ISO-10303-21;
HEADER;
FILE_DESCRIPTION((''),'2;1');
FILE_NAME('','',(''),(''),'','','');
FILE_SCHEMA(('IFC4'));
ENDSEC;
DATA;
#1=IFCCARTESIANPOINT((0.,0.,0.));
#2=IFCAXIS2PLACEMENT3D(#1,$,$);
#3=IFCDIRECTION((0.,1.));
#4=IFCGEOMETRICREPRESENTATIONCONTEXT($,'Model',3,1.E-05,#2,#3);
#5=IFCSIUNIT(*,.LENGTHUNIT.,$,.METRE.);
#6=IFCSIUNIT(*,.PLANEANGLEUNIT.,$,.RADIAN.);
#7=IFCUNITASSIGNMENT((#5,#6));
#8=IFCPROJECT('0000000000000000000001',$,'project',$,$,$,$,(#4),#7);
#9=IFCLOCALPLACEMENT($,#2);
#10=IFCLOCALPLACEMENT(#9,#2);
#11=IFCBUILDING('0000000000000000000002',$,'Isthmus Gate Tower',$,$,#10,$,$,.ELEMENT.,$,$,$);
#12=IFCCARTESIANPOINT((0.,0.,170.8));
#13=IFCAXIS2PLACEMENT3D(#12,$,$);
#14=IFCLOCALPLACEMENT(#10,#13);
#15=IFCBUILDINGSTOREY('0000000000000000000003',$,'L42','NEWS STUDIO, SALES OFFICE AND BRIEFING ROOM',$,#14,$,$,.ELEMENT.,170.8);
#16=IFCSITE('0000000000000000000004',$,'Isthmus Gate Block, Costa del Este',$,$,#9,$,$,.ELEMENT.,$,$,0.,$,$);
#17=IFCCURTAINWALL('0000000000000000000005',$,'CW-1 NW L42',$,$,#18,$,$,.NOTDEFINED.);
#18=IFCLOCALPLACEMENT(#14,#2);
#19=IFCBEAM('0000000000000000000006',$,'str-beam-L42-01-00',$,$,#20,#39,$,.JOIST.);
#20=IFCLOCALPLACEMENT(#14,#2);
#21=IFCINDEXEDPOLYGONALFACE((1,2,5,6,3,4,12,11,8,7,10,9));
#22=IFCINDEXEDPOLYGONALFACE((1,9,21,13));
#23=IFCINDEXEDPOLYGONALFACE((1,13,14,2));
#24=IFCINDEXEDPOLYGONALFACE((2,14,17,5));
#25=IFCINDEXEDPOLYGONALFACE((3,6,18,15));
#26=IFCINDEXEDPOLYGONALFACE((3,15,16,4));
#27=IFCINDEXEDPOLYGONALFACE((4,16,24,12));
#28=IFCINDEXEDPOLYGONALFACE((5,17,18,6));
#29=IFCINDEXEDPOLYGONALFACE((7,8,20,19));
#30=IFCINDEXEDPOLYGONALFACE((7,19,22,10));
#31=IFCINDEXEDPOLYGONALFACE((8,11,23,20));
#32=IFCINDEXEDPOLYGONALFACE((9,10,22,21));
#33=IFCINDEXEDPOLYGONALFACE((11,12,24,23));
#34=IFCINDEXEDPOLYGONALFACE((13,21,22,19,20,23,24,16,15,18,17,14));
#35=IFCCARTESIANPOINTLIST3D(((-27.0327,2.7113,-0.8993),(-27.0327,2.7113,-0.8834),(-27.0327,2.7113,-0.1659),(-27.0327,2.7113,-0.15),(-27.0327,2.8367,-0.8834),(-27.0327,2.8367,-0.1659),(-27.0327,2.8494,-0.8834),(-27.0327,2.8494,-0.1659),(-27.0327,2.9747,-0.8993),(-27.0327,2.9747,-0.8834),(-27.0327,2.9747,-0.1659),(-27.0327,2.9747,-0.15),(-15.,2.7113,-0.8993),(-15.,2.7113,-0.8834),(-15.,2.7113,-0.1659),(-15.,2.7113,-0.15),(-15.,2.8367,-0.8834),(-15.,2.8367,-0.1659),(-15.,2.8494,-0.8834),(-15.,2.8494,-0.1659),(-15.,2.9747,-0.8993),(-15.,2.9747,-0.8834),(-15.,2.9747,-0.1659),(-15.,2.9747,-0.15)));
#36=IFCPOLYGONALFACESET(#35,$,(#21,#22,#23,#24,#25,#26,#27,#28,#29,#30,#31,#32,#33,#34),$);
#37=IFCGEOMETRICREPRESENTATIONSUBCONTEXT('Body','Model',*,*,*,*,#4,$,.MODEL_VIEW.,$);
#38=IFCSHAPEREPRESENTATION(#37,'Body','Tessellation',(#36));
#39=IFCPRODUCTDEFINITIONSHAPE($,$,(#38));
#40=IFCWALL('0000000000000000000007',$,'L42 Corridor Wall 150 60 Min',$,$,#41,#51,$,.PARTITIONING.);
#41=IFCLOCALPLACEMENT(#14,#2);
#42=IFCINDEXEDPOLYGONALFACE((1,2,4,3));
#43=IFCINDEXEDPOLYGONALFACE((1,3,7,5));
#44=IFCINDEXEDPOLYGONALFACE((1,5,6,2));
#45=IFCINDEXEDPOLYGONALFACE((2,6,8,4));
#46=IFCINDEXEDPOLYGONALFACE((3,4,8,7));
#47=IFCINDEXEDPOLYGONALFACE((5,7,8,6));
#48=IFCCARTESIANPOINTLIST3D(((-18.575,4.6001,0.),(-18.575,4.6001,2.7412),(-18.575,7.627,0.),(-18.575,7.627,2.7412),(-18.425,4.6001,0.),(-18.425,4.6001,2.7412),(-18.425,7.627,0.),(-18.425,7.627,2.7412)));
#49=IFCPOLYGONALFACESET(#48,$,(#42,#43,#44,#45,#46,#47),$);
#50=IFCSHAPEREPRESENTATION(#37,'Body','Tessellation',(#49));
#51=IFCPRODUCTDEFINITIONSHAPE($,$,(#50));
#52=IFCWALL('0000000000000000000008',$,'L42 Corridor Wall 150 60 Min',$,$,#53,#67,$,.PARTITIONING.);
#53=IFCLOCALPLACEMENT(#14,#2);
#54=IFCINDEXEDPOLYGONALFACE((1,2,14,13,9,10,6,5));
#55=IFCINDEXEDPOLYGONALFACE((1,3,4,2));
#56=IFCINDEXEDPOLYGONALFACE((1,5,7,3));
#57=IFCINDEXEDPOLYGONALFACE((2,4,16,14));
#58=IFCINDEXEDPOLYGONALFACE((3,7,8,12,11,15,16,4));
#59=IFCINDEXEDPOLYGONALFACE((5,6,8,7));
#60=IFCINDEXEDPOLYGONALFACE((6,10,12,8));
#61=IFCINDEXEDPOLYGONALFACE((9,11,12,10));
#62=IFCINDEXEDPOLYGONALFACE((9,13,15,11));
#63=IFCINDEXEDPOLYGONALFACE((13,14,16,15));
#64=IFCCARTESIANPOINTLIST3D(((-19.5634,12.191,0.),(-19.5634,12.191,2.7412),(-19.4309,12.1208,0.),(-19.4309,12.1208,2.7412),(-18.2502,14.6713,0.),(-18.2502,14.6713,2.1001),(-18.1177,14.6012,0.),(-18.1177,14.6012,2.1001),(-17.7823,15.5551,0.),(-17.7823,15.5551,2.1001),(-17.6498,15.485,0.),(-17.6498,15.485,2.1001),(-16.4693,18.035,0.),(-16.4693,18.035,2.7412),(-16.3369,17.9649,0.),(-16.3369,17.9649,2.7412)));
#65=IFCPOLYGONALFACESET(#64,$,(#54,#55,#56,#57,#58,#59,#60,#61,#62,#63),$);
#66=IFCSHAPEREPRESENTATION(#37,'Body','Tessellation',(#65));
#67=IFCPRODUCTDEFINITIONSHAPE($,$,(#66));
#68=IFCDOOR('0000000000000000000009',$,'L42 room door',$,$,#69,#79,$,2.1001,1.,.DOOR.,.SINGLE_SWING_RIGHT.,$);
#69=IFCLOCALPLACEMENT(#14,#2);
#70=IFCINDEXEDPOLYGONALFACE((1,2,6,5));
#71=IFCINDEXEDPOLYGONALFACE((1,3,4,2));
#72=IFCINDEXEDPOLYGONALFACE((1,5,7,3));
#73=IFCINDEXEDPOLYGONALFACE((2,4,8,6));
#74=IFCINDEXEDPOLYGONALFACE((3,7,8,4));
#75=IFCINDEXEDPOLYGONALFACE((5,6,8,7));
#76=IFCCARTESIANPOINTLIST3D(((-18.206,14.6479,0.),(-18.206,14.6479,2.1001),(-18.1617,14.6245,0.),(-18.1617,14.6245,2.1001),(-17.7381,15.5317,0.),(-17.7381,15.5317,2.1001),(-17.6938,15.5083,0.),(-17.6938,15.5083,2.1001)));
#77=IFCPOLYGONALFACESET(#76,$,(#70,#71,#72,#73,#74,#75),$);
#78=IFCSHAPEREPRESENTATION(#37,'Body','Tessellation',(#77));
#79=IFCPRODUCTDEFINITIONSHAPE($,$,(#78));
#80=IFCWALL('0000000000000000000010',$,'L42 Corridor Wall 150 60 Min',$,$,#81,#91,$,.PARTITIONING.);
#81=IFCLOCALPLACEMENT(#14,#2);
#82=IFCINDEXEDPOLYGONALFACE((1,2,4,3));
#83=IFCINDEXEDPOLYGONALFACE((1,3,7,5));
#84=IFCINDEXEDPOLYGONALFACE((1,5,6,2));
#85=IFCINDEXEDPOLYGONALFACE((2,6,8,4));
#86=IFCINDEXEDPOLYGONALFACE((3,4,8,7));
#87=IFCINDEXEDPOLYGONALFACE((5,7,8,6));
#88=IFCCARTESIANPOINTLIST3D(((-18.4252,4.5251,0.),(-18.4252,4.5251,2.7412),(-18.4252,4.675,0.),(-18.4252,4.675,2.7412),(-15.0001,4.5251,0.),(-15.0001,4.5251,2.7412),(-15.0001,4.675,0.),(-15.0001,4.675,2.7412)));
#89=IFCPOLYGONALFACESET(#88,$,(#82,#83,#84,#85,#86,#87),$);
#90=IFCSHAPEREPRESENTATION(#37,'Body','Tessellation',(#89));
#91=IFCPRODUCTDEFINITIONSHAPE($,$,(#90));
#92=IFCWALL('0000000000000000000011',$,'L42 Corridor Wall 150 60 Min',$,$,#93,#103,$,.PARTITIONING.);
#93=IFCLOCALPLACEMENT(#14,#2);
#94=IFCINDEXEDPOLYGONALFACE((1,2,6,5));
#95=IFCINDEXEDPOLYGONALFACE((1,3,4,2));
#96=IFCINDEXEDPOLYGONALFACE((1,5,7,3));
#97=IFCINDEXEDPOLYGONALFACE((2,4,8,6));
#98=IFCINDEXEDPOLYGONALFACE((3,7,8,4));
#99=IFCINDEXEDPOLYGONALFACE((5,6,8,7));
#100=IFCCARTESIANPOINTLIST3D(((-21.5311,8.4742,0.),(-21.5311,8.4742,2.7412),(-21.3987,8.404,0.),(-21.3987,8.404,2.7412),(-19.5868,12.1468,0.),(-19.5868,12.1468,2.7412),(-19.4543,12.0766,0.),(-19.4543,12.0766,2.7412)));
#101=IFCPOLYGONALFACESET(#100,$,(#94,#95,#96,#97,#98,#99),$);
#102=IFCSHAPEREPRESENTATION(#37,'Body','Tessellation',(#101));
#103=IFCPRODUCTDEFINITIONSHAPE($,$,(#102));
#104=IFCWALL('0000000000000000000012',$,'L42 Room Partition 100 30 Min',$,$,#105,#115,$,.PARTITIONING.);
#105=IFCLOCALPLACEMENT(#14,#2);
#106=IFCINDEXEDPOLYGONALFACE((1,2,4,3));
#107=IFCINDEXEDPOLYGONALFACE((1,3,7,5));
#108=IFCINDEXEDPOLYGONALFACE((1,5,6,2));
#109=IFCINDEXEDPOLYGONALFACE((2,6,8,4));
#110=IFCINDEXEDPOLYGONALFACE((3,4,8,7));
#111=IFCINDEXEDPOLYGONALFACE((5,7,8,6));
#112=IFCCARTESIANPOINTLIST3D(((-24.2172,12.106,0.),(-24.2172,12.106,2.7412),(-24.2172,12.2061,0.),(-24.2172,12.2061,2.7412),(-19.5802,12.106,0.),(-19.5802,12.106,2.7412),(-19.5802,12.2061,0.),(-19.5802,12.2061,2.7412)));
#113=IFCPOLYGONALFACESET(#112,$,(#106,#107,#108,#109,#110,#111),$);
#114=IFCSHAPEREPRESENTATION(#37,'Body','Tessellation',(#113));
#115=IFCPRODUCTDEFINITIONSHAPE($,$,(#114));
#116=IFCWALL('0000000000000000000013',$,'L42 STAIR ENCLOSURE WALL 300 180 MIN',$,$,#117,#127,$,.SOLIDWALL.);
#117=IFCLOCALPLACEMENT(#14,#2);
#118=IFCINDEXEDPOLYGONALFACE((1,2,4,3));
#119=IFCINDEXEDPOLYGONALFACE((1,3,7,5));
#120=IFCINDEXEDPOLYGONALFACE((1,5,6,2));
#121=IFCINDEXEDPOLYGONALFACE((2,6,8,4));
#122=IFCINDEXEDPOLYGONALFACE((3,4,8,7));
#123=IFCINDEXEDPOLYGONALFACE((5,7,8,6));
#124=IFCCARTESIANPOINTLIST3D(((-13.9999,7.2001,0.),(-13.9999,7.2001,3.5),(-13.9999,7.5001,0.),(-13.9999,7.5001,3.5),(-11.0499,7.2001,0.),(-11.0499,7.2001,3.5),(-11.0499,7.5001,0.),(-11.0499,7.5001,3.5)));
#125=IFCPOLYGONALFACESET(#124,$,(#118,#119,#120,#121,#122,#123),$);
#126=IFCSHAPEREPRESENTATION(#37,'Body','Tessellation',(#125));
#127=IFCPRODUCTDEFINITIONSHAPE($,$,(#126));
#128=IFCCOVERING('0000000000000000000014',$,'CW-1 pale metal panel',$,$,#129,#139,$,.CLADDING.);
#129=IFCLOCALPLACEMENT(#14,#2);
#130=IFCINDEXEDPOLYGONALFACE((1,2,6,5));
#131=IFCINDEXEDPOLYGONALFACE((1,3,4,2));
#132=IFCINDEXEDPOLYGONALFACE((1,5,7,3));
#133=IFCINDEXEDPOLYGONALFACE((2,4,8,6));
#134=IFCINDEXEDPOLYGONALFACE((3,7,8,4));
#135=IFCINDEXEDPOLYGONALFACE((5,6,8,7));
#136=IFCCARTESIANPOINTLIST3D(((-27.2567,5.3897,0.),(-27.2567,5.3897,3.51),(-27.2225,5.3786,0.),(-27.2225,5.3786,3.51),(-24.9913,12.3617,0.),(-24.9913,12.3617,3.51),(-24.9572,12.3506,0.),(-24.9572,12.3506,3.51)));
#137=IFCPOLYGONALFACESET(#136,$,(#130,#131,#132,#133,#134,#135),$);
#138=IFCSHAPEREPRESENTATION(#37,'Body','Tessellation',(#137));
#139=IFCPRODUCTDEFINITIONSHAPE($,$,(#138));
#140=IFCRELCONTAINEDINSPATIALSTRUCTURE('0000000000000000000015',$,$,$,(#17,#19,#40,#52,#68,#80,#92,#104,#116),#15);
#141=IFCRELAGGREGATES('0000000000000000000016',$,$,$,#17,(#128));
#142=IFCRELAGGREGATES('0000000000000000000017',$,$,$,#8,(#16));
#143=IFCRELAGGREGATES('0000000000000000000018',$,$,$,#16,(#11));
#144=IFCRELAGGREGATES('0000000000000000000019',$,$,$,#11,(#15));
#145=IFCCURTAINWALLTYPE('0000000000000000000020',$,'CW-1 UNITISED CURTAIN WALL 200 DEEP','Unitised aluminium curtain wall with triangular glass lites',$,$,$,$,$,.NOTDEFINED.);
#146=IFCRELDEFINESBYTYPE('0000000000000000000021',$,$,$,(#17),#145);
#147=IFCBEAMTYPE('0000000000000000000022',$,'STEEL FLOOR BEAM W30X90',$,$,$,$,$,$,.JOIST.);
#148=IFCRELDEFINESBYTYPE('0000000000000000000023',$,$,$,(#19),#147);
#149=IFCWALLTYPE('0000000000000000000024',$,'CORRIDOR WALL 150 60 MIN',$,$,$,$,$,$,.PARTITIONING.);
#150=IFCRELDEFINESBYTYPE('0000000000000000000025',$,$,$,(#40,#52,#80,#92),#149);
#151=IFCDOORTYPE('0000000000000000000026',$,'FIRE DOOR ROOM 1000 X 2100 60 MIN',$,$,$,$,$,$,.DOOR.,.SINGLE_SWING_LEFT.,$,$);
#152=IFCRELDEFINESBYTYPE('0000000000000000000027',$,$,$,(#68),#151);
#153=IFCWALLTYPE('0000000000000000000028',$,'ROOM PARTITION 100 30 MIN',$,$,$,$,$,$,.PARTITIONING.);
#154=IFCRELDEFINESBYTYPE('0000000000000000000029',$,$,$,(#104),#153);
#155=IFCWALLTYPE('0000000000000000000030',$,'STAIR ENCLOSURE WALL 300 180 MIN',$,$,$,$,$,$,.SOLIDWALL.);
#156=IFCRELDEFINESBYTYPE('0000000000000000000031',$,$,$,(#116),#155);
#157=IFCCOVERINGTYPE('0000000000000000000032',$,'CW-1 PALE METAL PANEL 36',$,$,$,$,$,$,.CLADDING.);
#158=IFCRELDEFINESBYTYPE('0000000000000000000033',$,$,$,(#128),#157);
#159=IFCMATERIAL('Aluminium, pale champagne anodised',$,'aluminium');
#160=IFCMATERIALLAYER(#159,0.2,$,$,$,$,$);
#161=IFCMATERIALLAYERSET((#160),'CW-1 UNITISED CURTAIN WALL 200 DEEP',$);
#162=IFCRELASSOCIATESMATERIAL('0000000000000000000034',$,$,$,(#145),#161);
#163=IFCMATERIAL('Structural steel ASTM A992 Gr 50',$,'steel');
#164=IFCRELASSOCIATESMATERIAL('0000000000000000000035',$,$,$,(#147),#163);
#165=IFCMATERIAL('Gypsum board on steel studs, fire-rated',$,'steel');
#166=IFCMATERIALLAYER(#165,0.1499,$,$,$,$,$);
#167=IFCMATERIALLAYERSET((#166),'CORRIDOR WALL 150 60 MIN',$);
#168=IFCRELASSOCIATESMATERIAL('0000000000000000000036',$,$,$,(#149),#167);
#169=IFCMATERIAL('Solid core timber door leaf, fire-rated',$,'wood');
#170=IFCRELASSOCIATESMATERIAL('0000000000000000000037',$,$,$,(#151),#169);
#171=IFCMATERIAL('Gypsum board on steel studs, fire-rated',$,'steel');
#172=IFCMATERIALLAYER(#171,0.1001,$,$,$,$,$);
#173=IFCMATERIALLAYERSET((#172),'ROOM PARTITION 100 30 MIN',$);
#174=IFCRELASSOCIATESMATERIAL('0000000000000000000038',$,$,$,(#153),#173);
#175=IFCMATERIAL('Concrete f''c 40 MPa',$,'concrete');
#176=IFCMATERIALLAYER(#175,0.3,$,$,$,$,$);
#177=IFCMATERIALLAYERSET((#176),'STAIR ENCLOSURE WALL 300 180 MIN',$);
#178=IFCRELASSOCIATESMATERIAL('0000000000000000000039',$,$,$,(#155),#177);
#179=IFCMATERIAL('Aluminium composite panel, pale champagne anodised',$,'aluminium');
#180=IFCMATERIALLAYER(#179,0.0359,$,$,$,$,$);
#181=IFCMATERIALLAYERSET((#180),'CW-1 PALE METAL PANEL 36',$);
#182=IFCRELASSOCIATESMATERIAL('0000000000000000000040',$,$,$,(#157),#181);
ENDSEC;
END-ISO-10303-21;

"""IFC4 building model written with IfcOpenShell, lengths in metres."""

from ifc_helpers import new_model, si_unit, direction, frame, frame_2d, origin, origin_2d, place, context, subcontext, project, spatial, rectangle, i_section, extrude, material, layer, layer_set, material_profile, profile_set, type_object, element, fill, aggregate, save


model = new_model("IFC4")

# Units and contexts
model_context = context("Model", 3, precision=1e-05, world=origin(), true_north=direction((0.0, 1.0)))
body_context = subcontext(model_context, "Body", "Model", "MODEL_VIEW")
ifc_project = project(units=[si_unit("LENGTHUNIT", "METRE"), si_unit("PLANEANGLEUNIT", "RADIAN")], contexts=[model_context])

# Site, building, storey
site_placement = place(None, origin())
site = spatial("IfcSite", under=ifc_project, at=site_placement, Name="Isthmus Gate Block, Costa del Este", CompositionType="ELEMENT", RefElevation=0.0)
building_placement = place(site_placement, origin())
building = spatial("IfcBuilding", under=site, at=building_placement, Name="Isthmus Gate Tower", CompositionType="ELEMENT")
storey_placement = place(building_placement, frame((0.0, 0.0, 170.8)))
storey = spatial("IfcBuildingStorey", under=building, at=storey_placement, Name="L42", Description="NEWS STUDIO, SALES OFFICE AND BRIEFING ROOM", CompositionType="ELEMENT", Elevation=170.8)

# Curtain wall
ifc_material_1 = material(Name="Aluminium, pale champagne anodised", Category="aluminium")
ifc_layer_1 = layer(ifc_material_1, 0.2)
ifc_layer_set_1 = layer_set([ifc_layer_1], Name="CW-1 UNITISED CURTAIN WALL 200 DEEP")
curtain_wall_type = type_object("IfcCurtainWallType", Name="CW-1 UNITISED CURTAIN WALL 200 DEEP", Description="Unitised aluminium curtain wall with triangular glass lites", PredefinedType="NOTDEFINED", material=ifc_layer_set_1)
curtain_wall_placement = place(storey_placement, origin())
curtain_wall = element("IfcCurtainWall", 1, at=curtain_wall_placement, inside=storey, type_object=curtain_wall_type, Name="CW-1 NW L42", PredefinedType="NOTDEFINED")

# Beam
ifc_material_2 = material(Name="Structural steel ASTM A992 Gr 50", Category="steel")
ifc_material_profile_1 = material_profile(ifc_material_2, i_section(OverallWidth=0.2634, OverallDepth=0.7493, WebThickness=0.0127, FlangeThickness=0.0159, at=origin_2d()), Name="W30X90")
ifc_profile_set_1 = profile_set([ifc_material_profile_1], Name="Structural steel ASTM A992 Gr 50")
beam_type_1 = type_object("IfcBeamType", Name="STEEL FLOOR BEAM W30X90", PredefinedType="JOIST", material=ifc_profile_set_1)
beam_1_placement = place(storey_placement, frame((-27.0327, 2.843, -0.5247), z_axis=(1.0, 0.0, 0.0), x_axis=(0.0, 1.0, 0.0)))
element("IfcBeam", 2, at=beam_1_placement, inside=storey, type_object=beam_type_1, Name="str-beam-L42-01-00", PredefinedType="JOIST", context=body_context, shape_type="SweptSolid", body=[
    extrude(i_section(OverallWidth=0.2634, OverallDepth=0.7493, WebThickness=0.0127, FlangeThickness=0.0159, at=origin_2d()), origin(), (0.0, 0.0, 1.0), 12.0327),
])

# Wall
ifc_material_3 = material(Name="Gypsum board on steel studs, fire-rated", Category="steel")
ifc_layer_2 = layer(ifc_material_3, 0.1499)
ifc_layer_set_2 = layer_set([ifc_layer_2], Name="CORRIDOR WALL 150 60 MIN")
wall_type_1 = type_object("IfcWallType", Name="CORRIDOR WALL 150 60 MIN", PredefinedType="PARTITIONING", material=ifc_layer_set_2)
wall_1_placement = place(storey_placement, frame((-18.5, 7.627, 0.0), z_axis=(0.0, 0.0, 1.0), x_axis=(0.0, -1.0, 0.0)))
element("IfcWall", 3, at=wall_1_placement, inside=storey, type_object=wall_type_1, Name="L42 Corridor Wall 150 60 Min", PredefinedType="PARTITIONING", context=body_context, shape_type="SweptSolid", body=[
    extrude(rectangle(XDim=3.0269, YDim=0.1499, at=frame_2d((1.5134, 0.0))), origin(), (0.0, 0.0, 1.0), 2.7412),
])

# Wall, opening, door
wall_2_placement = place(storey_placement, frame((-19.4971, 12.156, 0.0), z_axis=(0.0, 0.0, 1.0), x_axis=(0.467901, 0.883781, 0.0)))
wall_2 = element("IfcWall", 4, at=wall_2_placement, inside=storey, type_object=wall_type_1, Name="L42 Corridor Wall 150 60 Min", PredefinedType="PARTITIONING", context=body_context, shape_type="SweptSolid", body=[
    extrude(rectangle(XDim=6.6125, YDim=0.1499, at=frame_2d((3.3062, 0.0))), origin(), (0.0, 0.0, 1.0), 2.7412),
])
opening_placement = place(wall_2_placement, frame((2.8064, 0.0, 0.0)))
opening = element("IfcOpeningElement", 5, at=opening_placement, cuts=wall_2, PredefinedType="OPENING", context=body_context, shape_type="SweptSolid", body=[
    extrude(rectangle(XDim=1.0, YDim=2.1001, at=frame_2d((0.5, 1.05))), frame((0.0, 0.085, 0.0), z_axis=(0.0, -1.0, 0.0), x_axis=(1.0, 0.0, 0.0)), (0.0, 0.0, 1.0), 0.1699),
])
ifc_material_4 = material(Name="Solid core timber door leaf, fire-rated", Category="wood")
door_type = type_object("IfcDoorType", Name="FIRE DOOR ROOM 1000 X 2100 60 MIN", OperationType="SINGLE_SWING_LEFT", PredefinedType="DOOR", material=ifc_material_4)
door_placement = place(opening_placement, origin())
door = element("IfcDoor", 6, at=door_placement, inside=storey, type_object=door_type, Name="L42 room door", OperationType="SINGLE_SWING_RIGHT", OverallHeight=2.1001, OverallWidth=1.0, PredefinedType="DOOR", context=body_context, shape_type="SweptSolid", body=[
    extrude(rectangle(XDim=1.0, YDim=2.1001, at=frame_2d((0.5, 1.05))), frame((0.0, 0.0249, 0.0), z_axis=(0.0, -1.0, 0.0), x_axis=(1.0, 0.0, 0.0)), (0.0, 0.0, 1.0), 0.05),
])
fill(opening, door)

# Walls
wall_3_placement = place(storey_placement, frame((-18.425, 4.6001, 0.0), z_axis=(0.0, 0.0, 1.0), x_axis=(1.0, 0.0, 0.0)))
element("IfcWall", 7, at=wall_3_placement, inside=storey, type_object=wall_type_1, Name="L42 Corridor Wall 150 60 Min", PredefinedType="PARTITIONING", context=body_context, shape_type="SweptSolid", body=[
    extrude(rectangle(XDim=3.425, YDim=0.1499, at=frame_2d((1.7124, 0.0))), origin(), (0.0, 0.0, 1.0), 2.7412),
])
wall_4_placement = place(storey_placement, frame((-21.4648, 8.4392, 0.0), z_axis=(0.0, 0.0, 1.0), x_axis=(0.46789, 0.883786, 0.0)))
element("IfcWall", 8, at=wall_4_placement, inside=storey, type_object=wall_type_1, Name="L42 Corridor Wall 150 60 Min", PredefinedType="PARTITIONING", context=body_context, shape_type="SweptSolid", body=[
    extrude(rectangle(XDim=4.1555, YDim=0.1499, at=frame_2d((2.0776, 0.0))), origin(), (0.0, 0.0, 1.0), 2.7412),
])
ifc_material_5 = material(Name="Gypsum board on steel studs, fire-rated", Category="steel")
ifc_layer_3 = layer(ifc_material_5, 0.1001)
ifc_layer_set_3 = layer_set([ifc_layer_3], Name="ROOM PARTITION 100 30 MIN")
wall_type_2 = type_object("IfcWallType", Name="ROOM PARTITION 100 30 MIN", PredefinedType="PARTITIONING", material=ifc_layer_set_3)
wall_5_placement = place(storey_placement, frame((-24.217, 12.156, 0.0), z_axis=(0.0, 0.0, 1.0), x_axis=(1.0, 0.0, 0.0)))
element("IfcWall", 9, at=wall_5_placement, inside=storey, type_object=wall_type_2, Name="L42 Room Partition 100 30 Min", PredefinedType="PARTITIONING", context=body_context, shape_type="SweptSolid", body=[
    extrude(rectangle(XDim=4.637, YDim=0.1001, at=frame_2d((2.3184, 0.0))), origin(), (0.0, 0.0, 1.0), 2.7412),
])
ifc_material_6 = material(Name="Concrete f'c 40 MPa", Category="concrete")
ifc_layer_4 = layer(ifc_material_6, 0.3)
ifc_layer_set_4 = layer_set([ifc_layer_4], Name="STAIR ENCLOSURE WALL 300 180 MIN")
wall_type_3 = type_object("IfcWallType", Name="STAIR ENCLOSURE WALL 300 180 MIN", PredefinedType="SOLIDWALL", material=ifc_layer_set_4)
wall_6_placement = place(storey_placement, frame((-14.0, 7.3501, 0.0), z_axis=(0.0, 0.0, 1.0), x_axis=(1.0, 0.0, 0.0)))
element("IfcWall", 10, at=wall_6_placement, inside=storey, type_object=wall_type_3, Name="L42 STAIR ENCLOSURE WALL 300 180 MIN", PredefinedType="SOLIDWALL", context=body_context, shape_type="SweptSolid", body=[
    extrude(rectangle(XDim=2.95, YDim=0.3, at=frame_2d((1.4751, 0.0))), origin(), (0.0, 0.0, 1.0), 3.5),
])

# Covering
ifc_material_7 = material(Name="Aluminium composite panel, pale champagne anodised", Category="aluminium")
ifc_layer_5 = layer(ifc_material_7, 0.0359)
ifc_layer_set_5 = layer_set([ifc_layer_5], Name="CW-1 PALE METAL PANEL 36")
covering_type = type_object("IfcCoveringType", Name="CW-1 PALE METAL PANEL 36", PredefinedType="CLADDING", material=ifc_layer_set_5)
covering_placement = place(storey_placement, frame((-26.1069, 8.8701, 0.0), z_axis=(0.0, 0.0, 1.0), x_axis=(-0.309017, -0.951057, 0.0)))
covering = element("IfcCovering", 11, at=covering_placement, type_object=covering_type, Name="CW-1 pale metal panel", PredefinedType="CLADDING", context=body_context, shape_type="SweptSolid", body=[
    extrude(rectangle(XDim=7.3308, YDim=0.0359, at=origin_2d()), origin(), (0.0, 0.0, 1.0), 3.51),
])
aggregate(curtain_wall, [covering])

save(model, "model.ifc")
